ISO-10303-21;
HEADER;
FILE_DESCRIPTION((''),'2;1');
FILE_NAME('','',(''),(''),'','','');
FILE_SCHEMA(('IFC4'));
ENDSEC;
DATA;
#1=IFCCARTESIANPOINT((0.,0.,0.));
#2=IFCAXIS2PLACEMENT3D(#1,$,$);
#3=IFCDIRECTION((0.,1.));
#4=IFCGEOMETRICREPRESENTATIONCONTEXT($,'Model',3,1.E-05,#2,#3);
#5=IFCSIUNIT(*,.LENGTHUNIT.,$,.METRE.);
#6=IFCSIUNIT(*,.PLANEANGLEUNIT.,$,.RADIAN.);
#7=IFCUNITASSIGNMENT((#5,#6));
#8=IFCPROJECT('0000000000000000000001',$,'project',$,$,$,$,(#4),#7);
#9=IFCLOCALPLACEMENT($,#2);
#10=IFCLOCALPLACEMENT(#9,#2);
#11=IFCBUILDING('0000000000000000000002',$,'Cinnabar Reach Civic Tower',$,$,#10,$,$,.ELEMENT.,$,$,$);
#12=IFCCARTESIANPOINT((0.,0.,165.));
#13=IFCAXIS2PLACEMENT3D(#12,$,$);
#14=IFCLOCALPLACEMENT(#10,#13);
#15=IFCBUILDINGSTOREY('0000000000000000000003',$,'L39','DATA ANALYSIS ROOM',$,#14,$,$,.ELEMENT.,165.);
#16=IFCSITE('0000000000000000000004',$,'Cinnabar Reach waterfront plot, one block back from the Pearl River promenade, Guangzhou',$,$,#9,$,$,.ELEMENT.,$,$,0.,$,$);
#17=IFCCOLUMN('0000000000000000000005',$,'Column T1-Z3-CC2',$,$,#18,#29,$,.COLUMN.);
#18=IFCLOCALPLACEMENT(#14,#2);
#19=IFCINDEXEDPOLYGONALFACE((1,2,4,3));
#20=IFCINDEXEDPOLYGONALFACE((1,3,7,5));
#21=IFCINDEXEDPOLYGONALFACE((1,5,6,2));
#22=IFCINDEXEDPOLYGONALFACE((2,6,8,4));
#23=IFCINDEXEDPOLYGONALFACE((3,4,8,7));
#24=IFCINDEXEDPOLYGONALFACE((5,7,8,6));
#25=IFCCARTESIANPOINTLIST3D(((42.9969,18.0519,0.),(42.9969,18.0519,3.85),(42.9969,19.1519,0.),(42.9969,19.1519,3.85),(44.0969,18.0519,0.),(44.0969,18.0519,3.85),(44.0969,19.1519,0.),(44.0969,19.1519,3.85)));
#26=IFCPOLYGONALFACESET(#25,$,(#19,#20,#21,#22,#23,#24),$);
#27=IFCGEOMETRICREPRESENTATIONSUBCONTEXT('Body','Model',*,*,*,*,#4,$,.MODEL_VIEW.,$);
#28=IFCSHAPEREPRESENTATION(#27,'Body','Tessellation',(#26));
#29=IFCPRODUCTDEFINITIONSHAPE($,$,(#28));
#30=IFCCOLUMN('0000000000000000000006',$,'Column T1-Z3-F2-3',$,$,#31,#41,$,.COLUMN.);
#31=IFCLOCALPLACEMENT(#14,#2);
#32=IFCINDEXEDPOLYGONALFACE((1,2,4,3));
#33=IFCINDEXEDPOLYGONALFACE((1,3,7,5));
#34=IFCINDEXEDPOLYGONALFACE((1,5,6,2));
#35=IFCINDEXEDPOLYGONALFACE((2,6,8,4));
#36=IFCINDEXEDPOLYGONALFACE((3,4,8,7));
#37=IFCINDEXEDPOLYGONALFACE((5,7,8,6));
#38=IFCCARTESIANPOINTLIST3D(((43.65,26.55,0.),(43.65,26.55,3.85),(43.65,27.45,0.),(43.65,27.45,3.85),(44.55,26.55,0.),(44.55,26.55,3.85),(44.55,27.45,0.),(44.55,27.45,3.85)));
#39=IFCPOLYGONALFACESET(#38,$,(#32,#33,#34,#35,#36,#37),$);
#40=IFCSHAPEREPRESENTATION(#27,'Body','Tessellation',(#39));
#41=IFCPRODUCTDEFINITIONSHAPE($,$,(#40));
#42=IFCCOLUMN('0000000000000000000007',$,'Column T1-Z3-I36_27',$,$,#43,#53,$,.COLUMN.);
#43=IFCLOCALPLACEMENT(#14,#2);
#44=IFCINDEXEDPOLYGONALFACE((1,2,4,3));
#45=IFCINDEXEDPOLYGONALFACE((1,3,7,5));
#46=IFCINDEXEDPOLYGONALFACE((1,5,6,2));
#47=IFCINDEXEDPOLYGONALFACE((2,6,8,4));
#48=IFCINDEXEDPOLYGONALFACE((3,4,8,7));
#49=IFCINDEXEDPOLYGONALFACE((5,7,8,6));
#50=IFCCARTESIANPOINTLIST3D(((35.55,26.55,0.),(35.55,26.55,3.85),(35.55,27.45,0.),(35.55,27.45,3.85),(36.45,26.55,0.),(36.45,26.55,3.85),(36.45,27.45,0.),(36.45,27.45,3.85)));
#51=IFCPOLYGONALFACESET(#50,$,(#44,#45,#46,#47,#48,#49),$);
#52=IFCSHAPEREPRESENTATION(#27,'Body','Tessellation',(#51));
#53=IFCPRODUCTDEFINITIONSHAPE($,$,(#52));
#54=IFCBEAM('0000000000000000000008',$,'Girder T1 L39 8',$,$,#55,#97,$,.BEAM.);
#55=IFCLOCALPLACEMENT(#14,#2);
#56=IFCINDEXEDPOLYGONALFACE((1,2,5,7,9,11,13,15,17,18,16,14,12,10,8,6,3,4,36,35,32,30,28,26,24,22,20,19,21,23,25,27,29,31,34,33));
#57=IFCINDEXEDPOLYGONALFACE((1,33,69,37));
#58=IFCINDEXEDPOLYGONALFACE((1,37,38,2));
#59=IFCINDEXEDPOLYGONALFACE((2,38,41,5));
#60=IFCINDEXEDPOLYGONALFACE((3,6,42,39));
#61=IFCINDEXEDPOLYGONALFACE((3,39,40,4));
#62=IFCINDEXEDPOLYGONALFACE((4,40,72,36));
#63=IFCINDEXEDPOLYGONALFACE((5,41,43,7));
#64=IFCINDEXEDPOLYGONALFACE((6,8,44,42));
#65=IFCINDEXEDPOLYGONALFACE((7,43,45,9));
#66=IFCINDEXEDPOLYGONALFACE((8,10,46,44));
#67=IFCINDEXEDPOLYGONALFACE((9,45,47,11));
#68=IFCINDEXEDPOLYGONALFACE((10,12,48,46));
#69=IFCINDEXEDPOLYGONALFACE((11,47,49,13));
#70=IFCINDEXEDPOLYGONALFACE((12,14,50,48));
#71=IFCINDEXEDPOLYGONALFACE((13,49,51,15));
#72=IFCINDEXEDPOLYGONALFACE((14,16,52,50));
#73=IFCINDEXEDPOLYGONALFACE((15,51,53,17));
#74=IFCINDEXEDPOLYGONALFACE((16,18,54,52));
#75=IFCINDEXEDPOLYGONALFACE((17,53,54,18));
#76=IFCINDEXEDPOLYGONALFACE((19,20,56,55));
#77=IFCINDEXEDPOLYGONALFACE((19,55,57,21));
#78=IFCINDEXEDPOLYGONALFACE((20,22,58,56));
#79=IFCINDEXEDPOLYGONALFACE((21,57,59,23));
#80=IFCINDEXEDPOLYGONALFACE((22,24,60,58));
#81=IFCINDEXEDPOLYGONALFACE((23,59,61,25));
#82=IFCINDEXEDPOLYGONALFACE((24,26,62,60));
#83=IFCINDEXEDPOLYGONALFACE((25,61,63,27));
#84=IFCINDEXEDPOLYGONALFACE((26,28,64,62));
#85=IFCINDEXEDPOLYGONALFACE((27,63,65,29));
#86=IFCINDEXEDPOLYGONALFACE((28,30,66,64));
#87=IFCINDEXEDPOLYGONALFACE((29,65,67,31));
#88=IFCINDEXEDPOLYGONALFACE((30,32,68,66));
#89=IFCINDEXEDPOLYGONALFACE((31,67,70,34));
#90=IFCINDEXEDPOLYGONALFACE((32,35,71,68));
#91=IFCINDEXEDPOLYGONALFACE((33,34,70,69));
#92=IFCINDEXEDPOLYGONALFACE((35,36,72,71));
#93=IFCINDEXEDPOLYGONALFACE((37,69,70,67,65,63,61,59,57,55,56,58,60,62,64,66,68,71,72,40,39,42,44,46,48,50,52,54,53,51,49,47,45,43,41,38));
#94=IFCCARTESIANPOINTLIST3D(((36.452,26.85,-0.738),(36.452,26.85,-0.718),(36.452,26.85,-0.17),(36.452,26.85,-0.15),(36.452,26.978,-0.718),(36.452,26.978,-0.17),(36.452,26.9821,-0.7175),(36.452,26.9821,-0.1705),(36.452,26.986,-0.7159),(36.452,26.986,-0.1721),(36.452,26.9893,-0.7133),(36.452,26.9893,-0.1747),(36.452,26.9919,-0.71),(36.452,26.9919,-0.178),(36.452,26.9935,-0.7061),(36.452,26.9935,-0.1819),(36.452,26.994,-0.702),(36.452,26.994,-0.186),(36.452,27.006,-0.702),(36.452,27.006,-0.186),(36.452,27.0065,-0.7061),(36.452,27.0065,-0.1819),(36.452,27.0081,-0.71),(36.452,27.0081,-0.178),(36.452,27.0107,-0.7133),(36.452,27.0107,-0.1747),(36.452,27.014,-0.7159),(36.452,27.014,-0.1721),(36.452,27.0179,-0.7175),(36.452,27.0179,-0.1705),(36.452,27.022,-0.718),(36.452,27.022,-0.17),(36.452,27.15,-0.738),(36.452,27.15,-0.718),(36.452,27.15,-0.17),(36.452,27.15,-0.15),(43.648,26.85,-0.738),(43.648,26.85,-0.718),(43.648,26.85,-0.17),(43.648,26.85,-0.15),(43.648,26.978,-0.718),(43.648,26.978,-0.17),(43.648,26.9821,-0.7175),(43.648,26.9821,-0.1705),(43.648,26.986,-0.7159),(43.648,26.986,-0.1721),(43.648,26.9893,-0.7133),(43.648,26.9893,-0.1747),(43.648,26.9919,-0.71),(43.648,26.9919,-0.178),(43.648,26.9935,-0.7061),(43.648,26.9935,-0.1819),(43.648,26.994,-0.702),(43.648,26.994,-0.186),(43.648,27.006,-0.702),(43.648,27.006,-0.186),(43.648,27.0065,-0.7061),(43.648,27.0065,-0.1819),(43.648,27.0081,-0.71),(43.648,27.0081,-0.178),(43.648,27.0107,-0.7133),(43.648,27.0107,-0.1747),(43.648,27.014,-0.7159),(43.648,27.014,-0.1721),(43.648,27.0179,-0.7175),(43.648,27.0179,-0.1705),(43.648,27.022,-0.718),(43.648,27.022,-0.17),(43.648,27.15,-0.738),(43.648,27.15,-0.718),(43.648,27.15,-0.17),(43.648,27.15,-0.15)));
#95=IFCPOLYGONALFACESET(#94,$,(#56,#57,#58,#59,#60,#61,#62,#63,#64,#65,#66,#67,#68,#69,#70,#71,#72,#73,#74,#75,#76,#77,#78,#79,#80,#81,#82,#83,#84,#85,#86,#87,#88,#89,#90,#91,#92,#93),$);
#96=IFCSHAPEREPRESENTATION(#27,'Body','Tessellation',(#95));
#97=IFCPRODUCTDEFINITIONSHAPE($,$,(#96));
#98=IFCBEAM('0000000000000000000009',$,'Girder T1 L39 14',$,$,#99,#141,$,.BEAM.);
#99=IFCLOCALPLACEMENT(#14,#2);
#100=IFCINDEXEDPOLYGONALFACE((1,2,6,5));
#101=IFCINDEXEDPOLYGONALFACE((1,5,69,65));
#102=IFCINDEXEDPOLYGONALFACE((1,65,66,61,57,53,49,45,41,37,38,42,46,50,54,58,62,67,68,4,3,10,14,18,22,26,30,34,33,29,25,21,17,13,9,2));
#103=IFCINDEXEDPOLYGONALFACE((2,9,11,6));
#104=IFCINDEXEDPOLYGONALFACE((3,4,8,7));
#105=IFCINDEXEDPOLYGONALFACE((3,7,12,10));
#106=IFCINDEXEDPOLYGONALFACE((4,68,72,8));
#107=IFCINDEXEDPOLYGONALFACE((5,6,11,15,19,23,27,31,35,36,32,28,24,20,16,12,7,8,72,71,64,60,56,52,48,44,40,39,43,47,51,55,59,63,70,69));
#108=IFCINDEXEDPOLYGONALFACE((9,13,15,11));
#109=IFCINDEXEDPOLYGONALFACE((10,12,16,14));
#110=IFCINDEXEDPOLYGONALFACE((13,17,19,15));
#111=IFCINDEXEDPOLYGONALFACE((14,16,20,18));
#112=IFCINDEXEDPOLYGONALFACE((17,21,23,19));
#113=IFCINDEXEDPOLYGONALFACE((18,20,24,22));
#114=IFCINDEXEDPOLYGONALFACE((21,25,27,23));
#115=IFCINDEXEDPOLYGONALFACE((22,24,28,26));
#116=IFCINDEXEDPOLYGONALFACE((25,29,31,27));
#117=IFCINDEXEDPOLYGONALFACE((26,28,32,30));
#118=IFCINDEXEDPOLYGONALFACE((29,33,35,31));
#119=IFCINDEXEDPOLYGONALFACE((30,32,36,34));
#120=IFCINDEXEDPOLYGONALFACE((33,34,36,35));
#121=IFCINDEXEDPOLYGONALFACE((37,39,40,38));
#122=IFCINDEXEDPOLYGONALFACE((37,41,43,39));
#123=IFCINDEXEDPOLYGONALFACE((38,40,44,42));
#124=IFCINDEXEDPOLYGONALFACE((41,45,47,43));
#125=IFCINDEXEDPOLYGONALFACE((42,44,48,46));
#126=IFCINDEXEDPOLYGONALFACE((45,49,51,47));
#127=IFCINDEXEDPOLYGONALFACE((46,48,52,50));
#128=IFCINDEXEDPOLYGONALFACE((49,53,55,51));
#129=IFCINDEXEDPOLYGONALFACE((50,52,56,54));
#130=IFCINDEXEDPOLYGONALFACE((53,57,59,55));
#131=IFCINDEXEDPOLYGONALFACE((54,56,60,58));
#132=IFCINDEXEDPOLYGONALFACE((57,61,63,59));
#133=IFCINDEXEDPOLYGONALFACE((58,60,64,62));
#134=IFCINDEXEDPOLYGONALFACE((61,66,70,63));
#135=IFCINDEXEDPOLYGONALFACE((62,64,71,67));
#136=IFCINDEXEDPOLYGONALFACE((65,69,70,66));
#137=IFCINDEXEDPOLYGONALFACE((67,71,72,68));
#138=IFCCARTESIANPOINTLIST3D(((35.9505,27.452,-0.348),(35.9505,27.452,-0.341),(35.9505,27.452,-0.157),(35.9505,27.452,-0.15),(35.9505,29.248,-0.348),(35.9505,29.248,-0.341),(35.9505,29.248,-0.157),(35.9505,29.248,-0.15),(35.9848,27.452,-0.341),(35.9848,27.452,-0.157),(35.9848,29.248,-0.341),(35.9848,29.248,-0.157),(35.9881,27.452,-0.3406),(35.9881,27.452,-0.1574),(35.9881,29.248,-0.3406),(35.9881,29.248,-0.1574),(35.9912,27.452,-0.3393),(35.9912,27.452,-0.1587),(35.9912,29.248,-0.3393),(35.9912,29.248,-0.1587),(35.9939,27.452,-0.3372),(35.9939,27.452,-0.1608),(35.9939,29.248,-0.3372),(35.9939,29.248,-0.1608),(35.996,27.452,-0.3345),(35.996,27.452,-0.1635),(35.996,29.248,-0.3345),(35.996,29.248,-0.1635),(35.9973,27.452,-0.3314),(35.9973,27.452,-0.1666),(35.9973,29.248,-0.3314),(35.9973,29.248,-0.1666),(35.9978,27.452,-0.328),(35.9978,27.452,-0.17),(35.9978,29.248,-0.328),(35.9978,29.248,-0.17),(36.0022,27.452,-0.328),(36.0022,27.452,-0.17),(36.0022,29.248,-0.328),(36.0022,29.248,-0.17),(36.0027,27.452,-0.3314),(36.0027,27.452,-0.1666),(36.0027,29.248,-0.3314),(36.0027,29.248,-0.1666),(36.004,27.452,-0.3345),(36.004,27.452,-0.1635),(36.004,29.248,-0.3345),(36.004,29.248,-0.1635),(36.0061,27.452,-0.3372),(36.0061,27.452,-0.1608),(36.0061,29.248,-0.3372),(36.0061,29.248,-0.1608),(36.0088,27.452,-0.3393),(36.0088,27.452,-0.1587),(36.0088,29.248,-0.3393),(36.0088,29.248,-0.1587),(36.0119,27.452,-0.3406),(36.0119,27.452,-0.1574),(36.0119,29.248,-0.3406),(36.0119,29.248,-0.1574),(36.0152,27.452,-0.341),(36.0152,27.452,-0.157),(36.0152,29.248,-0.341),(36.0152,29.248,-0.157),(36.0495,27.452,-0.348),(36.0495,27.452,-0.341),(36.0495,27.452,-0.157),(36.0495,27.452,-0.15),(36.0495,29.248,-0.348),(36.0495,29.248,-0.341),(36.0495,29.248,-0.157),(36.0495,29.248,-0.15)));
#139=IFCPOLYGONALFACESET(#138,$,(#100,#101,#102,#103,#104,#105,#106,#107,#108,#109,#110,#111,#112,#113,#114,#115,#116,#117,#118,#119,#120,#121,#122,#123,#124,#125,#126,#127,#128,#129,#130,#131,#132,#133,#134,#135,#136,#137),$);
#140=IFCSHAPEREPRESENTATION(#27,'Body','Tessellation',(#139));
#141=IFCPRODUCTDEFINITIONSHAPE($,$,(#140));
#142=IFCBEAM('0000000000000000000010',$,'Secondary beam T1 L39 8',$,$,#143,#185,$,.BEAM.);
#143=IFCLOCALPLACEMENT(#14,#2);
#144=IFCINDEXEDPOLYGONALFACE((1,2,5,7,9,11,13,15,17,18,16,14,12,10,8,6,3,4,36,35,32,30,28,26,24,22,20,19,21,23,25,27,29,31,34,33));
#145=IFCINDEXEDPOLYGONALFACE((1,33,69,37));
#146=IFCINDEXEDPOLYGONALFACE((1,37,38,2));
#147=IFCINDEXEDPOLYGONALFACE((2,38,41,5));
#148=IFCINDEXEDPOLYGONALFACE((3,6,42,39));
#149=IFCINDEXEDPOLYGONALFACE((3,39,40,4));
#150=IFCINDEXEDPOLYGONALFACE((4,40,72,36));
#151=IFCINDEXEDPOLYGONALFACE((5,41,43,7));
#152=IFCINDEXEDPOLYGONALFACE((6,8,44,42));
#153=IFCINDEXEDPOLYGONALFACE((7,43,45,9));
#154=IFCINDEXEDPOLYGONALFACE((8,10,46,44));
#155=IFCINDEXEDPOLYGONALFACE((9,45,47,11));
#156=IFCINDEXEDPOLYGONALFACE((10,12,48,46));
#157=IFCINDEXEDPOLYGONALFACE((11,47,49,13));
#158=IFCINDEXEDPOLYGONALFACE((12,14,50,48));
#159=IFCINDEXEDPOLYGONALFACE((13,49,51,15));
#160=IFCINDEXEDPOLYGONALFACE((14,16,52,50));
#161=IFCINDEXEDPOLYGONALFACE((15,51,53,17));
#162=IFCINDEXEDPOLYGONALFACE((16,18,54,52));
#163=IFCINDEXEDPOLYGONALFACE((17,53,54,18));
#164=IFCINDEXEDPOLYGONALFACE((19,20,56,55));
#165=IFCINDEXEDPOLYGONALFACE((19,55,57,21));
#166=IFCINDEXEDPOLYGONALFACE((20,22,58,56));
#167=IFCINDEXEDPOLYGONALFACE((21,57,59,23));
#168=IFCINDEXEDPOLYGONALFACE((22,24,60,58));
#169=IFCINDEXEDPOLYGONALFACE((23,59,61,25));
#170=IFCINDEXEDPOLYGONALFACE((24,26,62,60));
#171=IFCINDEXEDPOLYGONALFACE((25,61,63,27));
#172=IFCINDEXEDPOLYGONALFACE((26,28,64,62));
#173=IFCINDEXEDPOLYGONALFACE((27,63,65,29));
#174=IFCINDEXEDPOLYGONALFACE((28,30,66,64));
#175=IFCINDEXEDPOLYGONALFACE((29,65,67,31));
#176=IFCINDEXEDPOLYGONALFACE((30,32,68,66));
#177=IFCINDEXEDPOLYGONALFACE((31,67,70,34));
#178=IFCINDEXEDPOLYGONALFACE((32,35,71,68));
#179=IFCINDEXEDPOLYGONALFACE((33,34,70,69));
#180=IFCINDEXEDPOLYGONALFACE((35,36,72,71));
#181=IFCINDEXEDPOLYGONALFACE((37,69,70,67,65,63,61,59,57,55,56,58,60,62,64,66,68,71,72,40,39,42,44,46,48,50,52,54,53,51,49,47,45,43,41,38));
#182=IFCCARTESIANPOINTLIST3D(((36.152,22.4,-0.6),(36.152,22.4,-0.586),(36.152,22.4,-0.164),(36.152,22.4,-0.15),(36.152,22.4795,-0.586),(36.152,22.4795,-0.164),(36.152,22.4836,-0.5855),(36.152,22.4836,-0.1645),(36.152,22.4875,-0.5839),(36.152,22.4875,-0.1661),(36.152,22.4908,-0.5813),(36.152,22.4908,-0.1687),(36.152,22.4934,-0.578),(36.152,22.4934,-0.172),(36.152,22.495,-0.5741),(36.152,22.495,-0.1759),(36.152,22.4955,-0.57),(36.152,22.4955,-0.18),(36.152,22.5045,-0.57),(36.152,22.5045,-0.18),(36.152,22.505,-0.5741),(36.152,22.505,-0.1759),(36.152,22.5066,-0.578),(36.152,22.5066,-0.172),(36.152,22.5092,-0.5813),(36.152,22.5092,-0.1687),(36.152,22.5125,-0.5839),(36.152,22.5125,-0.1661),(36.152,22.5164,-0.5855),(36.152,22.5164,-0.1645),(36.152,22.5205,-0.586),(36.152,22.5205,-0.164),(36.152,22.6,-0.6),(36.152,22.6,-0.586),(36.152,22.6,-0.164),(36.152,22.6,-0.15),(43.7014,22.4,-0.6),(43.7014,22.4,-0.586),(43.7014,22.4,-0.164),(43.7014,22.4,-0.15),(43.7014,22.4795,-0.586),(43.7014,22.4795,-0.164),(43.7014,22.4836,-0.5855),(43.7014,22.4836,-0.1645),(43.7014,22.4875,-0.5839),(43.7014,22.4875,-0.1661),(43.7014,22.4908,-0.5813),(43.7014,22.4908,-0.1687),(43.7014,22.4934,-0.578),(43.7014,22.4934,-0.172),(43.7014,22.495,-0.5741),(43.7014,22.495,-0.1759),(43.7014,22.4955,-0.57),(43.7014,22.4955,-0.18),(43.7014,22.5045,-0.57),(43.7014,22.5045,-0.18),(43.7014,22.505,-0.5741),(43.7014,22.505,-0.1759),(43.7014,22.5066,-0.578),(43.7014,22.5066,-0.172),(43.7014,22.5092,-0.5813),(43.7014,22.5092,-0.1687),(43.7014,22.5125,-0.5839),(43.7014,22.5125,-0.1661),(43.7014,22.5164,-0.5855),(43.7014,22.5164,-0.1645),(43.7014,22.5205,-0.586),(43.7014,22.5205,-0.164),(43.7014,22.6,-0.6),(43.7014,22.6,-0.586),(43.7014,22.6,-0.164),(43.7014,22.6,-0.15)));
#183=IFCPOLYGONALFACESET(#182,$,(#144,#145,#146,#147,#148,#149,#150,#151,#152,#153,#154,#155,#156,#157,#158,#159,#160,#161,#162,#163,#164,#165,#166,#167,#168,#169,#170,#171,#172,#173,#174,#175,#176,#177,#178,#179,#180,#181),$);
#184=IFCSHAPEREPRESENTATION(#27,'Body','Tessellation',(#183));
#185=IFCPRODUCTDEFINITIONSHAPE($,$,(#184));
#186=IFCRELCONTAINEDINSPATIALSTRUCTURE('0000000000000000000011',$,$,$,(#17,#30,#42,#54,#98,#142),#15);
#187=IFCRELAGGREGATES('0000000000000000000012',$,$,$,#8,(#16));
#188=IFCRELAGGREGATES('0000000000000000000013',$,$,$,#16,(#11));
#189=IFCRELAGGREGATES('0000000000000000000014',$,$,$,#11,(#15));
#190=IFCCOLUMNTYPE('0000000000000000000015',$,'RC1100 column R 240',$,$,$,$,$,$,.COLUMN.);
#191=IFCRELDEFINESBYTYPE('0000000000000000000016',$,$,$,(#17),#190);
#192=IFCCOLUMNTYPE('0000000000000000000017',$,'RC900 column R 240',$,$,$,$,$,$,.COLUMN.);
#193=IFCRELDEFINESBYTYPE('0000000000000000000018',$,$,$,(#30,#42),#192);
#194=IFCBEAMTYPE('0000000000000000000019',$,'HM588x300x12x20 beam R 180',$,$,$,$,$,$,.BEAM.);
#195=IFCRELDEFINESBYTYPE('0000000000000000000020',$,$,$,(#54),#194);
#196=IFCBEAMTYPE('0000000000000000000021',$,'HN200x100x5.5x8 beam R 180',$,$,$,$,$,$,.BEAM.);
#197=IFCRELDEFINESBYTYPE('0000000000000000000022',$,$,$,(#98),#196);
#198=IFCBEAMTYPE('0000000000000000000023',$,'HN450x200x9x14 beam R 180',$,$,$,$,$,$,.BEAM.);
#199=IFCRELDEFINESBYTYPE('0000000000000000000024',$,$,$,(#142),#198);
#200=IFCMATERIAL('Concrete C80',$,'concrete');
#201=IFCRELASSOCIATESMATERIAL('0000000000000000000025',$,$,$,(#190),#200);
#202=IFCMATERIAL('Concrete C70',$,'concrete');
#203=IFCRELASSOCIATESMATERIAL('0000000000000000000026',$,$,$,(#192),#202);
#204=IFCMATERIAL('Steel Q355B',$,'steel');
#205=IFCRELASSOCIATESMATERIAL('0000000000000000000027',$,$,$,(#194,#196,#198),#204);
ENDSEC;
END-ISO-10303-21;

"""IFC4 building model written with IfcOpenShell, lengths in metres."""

from ifc_helpers import new_model, si_unit, direction, frame, origin, origin_2d, place, context, subcontext, project, spatial, rectangle, i_section, extrude, material, material_profile, profile_set, type_object, element, save


model = new_model("IFC4")

# Units and contexts
model_context = context("Model", 3, precision=1e-05, world=origin(), true_north=direction((0.0, 1.0)))
body_context = subcontext(model_context, "Body", "Model", "MODEL_VIEW")
ifc_project = project(units=[si_unit("LENGTHUNIT", "METRE"), si_unit("PLANEANGLEUNIT", "RADIAN")], contexts=[model_context])

# Site, building, storey
site_placement = place(None, origin())
site = spatial("IfcSite", under=ifc_project, at=site_placement, Name="Cinnabar Reach waterfront plot, one block back from the Pearl River promenade, Guangzhou", CompositionType="ELEMENT", RefElevation=0.0)
building_placement = place(site_placement, origin())
building = spatial("IfcBuilding", under=site, at=building_placement, Name="Cinnabar Reach Civic Tower", CompositionType="ELEMENT")
storey_placement = place(building_placement, frame((0.0, 0.0, 165.0)))
storey = spatial("IfcBuildingStorey", under=building, at=storey_placement, Name="L39", Description="DATA ANALYSIS ROOM", CompositionType="ELEMENT", Elevation=165.0)

# Columns
ifc_material_1 = material(Name="Concrete C80", Category="concrete")
ifc_material_profile_1 = material_profile(ifc_material_1, rectangle(XDim=1.1, YDim=1.1, at=origin_2d()), Name="RC1100")
ifc_profile_set_1 = profile_set([ifc_material_profile_1], Name="Concrete C80")
column_type_1 = type_object("IfcColumnType", Name="RC1100 column R 240", PredefinedType="COLUMN", material=ifc_profile_set_1)
column_placement = place(storey_placement, frame((43.5469, 18.6019, 0.0), z_axis=(0.0, 0.0, 1.0), x_axis=(1.0, 0.0, 0.0)))
element("IfcColumn", 1, at=column_placement, inside=storey, type_object=column_type_1, Name="Column T1-Z3-CC2", PredefinedType="COLUMN", context=body_context, shape_type="SweptSolid", body=[
    extrude(rectangle(XDim=1.1, YDim=1.1, at=origin_2d()), origin(), (0.0, 0.0, 1.0), 3.85),
])
ifc_material_2 = material(Name="Concrete C70", Category="concrete")
ifc_material_profile_2 = material_profile(ifc_material_2, rectangle(XDim=0.9, YDim=0.9, at=origin_2d()), Name="RC900")
ifc_profile_set_2 = profile_set([ifc_material_profile_2], Name="Concrete C70")
column_type_2 = type_object("IfcColumnType", Name="RC900 column R 240", PredefinedType="COLUMN", material=ifc_profile_set_2)
for number, where, z_axis, x_axis, name in (
    (2, (44.1, 27.0, 0.0), (0.0, 0.0, 1.0), (1.0, 0.0, 0.0), "Column T1-Z3-F2-3"),
    (3, (36.0, 27.0, 0.0), (0.0, 0.0, 1.0), (1.0, 0.0, 0.0), "Column T1-Z3-I36_27"),
):
    element("IfcColumn", number, at=place(storey_placement, frame(where, z_axis=z_axis, x_axis=x_axis)), inside=storey, type_object=column_type_2, Name=name, PredefinedType="COLUMN", context=body_context, shape_type="SweptSolid", body=[
        extrude(rectangle(XDim=0.9, YDim=0.9, at=origin_2d()), origin(), (0.0, 0.0, 1.0), 3.85),
    ])

# Beams
ifc_material_3 = material(Name="Steel Q355B", Category="steel")
ifc_material_profile_3 = material_profile(ifc_material_3, i_section(OverallWidth=0.3, OverallDepth=0.588, WebThickness=0.012, FlangeThickness=0.02, FilletRadius=0.016, at=origin_2d()), Name="HM588x300x12x20")
ifc_profile_set_3 = profile_set([ifc_material_profile_3], Name="Steel Q355B")
beam_type_1 = type_object("IfcBeamType", Name="HM588x300x12x20 beam R 180", PredefinedType="BEAM", material=ifc_profile_set_3)
beam_1_placement = place(storey_placement, frame((36.452, 27.0, -0.444), z_axis=(1.0, 0.0, 0.0), x_axis=(0.0, 1.0, 0.0)))
element("IfcBeam", 4, at=beam_1_placement, inside=storey, type_object=beam_type_1, Name="Girder T1 L39 8", PredefinedType="BEAM", context=body_context, shape_type="SweptSolid", body=[
    extrude(i_section(OverallWidth=0.3, OverallDepth=0.588, WebThickness=0.012, FlangeThickness=0.02, FilletRadius=0.016, at=origin_2d()), origin(), (0.0, 0.0, 1.0), 7.196),
])
ifc_material_profile_4 = material_profile(ifc_material_3, i_section(OverallWidth=0.099, OverallDepth=0.198, WebThickness=0.0045, FlangeThickness=0.007, FilletRadius=0.013, at=origin_2d()), Name="HN200x100x5.5x8")
ifc_profile_set_4 = profile_set([ifc_material_profile_4], Name="Steel Q355B")
beam_type_2 = type_object("IfcBeamType", Name="HN200x100x5.5x8 beam R 180", PredefinedType="BEAM", material=ifc_profile_set_4)
beam_2_placement = place(storey_placement, frame((36.0, 27.452, -0.249), z_axis=(0.0, 1.0, 0.0), x_axis=(-1.0, 0.0, 0.0)))
element("IfcBeam", 5, at=beam_2_placement, inside=storey, type_object=beam_type_2, Name="Girder T1 L39 14", PredefinedType="BEAM", context=body_context, shape_type="SweptSolid", body=[
    extrude(i_section(OverallWidth=0.099, OverallDepth=0.198, WebThickness=0.0045, FlangeThickness=0.007, FilletRadius=0.013, at=origin_2d()), origin(), (0.0, 0.0, 1.0), 1.796),
])
ifc_material_profile_5 = material_profile(ifc_material_3, i_section(OverallWidth=0.2, OverallDepth=0.45, WebThickness=0.009, FlangeThickness=0.014, FilletRadius=0.016, at=origin_2d()), Name="HN450x200x9x14")
ifc_profile_set_5 = profile_set([ifc_material_profile_5], Name="Steel Q355B")
beam_type_3 = type_object("IfcBeamType", Name="HN450x200x9x14 beam R 180", PredefinedType="BEAM", material=ifc_profile_set_5)
beam_3_placement = place(storey_placement, frame((36.152, 22.5, -0.375), z_axis=(1.0, 0.0, 0.0), x_axis=(0.0, 1.0, 0.0)))
element("IfcBeam", 6, at=beam_3_placement, inside=storey, type_object=beam_type_3, Name="Secondary beam T1 L39 8", PredefinedType="BEAM", context=body_context, shape_type="SweptSolid", body=[
    extrude(i_section(OverallWidth=0.2, OverallDepth=0.45, WebThickness=0.009, FlangeThickness=0.014, FilletRadius=0.016, at=origin_2d()), origin(), (0.0, 0.0, 1.0), 7.5494),
])

save(model, "model.ifc")
